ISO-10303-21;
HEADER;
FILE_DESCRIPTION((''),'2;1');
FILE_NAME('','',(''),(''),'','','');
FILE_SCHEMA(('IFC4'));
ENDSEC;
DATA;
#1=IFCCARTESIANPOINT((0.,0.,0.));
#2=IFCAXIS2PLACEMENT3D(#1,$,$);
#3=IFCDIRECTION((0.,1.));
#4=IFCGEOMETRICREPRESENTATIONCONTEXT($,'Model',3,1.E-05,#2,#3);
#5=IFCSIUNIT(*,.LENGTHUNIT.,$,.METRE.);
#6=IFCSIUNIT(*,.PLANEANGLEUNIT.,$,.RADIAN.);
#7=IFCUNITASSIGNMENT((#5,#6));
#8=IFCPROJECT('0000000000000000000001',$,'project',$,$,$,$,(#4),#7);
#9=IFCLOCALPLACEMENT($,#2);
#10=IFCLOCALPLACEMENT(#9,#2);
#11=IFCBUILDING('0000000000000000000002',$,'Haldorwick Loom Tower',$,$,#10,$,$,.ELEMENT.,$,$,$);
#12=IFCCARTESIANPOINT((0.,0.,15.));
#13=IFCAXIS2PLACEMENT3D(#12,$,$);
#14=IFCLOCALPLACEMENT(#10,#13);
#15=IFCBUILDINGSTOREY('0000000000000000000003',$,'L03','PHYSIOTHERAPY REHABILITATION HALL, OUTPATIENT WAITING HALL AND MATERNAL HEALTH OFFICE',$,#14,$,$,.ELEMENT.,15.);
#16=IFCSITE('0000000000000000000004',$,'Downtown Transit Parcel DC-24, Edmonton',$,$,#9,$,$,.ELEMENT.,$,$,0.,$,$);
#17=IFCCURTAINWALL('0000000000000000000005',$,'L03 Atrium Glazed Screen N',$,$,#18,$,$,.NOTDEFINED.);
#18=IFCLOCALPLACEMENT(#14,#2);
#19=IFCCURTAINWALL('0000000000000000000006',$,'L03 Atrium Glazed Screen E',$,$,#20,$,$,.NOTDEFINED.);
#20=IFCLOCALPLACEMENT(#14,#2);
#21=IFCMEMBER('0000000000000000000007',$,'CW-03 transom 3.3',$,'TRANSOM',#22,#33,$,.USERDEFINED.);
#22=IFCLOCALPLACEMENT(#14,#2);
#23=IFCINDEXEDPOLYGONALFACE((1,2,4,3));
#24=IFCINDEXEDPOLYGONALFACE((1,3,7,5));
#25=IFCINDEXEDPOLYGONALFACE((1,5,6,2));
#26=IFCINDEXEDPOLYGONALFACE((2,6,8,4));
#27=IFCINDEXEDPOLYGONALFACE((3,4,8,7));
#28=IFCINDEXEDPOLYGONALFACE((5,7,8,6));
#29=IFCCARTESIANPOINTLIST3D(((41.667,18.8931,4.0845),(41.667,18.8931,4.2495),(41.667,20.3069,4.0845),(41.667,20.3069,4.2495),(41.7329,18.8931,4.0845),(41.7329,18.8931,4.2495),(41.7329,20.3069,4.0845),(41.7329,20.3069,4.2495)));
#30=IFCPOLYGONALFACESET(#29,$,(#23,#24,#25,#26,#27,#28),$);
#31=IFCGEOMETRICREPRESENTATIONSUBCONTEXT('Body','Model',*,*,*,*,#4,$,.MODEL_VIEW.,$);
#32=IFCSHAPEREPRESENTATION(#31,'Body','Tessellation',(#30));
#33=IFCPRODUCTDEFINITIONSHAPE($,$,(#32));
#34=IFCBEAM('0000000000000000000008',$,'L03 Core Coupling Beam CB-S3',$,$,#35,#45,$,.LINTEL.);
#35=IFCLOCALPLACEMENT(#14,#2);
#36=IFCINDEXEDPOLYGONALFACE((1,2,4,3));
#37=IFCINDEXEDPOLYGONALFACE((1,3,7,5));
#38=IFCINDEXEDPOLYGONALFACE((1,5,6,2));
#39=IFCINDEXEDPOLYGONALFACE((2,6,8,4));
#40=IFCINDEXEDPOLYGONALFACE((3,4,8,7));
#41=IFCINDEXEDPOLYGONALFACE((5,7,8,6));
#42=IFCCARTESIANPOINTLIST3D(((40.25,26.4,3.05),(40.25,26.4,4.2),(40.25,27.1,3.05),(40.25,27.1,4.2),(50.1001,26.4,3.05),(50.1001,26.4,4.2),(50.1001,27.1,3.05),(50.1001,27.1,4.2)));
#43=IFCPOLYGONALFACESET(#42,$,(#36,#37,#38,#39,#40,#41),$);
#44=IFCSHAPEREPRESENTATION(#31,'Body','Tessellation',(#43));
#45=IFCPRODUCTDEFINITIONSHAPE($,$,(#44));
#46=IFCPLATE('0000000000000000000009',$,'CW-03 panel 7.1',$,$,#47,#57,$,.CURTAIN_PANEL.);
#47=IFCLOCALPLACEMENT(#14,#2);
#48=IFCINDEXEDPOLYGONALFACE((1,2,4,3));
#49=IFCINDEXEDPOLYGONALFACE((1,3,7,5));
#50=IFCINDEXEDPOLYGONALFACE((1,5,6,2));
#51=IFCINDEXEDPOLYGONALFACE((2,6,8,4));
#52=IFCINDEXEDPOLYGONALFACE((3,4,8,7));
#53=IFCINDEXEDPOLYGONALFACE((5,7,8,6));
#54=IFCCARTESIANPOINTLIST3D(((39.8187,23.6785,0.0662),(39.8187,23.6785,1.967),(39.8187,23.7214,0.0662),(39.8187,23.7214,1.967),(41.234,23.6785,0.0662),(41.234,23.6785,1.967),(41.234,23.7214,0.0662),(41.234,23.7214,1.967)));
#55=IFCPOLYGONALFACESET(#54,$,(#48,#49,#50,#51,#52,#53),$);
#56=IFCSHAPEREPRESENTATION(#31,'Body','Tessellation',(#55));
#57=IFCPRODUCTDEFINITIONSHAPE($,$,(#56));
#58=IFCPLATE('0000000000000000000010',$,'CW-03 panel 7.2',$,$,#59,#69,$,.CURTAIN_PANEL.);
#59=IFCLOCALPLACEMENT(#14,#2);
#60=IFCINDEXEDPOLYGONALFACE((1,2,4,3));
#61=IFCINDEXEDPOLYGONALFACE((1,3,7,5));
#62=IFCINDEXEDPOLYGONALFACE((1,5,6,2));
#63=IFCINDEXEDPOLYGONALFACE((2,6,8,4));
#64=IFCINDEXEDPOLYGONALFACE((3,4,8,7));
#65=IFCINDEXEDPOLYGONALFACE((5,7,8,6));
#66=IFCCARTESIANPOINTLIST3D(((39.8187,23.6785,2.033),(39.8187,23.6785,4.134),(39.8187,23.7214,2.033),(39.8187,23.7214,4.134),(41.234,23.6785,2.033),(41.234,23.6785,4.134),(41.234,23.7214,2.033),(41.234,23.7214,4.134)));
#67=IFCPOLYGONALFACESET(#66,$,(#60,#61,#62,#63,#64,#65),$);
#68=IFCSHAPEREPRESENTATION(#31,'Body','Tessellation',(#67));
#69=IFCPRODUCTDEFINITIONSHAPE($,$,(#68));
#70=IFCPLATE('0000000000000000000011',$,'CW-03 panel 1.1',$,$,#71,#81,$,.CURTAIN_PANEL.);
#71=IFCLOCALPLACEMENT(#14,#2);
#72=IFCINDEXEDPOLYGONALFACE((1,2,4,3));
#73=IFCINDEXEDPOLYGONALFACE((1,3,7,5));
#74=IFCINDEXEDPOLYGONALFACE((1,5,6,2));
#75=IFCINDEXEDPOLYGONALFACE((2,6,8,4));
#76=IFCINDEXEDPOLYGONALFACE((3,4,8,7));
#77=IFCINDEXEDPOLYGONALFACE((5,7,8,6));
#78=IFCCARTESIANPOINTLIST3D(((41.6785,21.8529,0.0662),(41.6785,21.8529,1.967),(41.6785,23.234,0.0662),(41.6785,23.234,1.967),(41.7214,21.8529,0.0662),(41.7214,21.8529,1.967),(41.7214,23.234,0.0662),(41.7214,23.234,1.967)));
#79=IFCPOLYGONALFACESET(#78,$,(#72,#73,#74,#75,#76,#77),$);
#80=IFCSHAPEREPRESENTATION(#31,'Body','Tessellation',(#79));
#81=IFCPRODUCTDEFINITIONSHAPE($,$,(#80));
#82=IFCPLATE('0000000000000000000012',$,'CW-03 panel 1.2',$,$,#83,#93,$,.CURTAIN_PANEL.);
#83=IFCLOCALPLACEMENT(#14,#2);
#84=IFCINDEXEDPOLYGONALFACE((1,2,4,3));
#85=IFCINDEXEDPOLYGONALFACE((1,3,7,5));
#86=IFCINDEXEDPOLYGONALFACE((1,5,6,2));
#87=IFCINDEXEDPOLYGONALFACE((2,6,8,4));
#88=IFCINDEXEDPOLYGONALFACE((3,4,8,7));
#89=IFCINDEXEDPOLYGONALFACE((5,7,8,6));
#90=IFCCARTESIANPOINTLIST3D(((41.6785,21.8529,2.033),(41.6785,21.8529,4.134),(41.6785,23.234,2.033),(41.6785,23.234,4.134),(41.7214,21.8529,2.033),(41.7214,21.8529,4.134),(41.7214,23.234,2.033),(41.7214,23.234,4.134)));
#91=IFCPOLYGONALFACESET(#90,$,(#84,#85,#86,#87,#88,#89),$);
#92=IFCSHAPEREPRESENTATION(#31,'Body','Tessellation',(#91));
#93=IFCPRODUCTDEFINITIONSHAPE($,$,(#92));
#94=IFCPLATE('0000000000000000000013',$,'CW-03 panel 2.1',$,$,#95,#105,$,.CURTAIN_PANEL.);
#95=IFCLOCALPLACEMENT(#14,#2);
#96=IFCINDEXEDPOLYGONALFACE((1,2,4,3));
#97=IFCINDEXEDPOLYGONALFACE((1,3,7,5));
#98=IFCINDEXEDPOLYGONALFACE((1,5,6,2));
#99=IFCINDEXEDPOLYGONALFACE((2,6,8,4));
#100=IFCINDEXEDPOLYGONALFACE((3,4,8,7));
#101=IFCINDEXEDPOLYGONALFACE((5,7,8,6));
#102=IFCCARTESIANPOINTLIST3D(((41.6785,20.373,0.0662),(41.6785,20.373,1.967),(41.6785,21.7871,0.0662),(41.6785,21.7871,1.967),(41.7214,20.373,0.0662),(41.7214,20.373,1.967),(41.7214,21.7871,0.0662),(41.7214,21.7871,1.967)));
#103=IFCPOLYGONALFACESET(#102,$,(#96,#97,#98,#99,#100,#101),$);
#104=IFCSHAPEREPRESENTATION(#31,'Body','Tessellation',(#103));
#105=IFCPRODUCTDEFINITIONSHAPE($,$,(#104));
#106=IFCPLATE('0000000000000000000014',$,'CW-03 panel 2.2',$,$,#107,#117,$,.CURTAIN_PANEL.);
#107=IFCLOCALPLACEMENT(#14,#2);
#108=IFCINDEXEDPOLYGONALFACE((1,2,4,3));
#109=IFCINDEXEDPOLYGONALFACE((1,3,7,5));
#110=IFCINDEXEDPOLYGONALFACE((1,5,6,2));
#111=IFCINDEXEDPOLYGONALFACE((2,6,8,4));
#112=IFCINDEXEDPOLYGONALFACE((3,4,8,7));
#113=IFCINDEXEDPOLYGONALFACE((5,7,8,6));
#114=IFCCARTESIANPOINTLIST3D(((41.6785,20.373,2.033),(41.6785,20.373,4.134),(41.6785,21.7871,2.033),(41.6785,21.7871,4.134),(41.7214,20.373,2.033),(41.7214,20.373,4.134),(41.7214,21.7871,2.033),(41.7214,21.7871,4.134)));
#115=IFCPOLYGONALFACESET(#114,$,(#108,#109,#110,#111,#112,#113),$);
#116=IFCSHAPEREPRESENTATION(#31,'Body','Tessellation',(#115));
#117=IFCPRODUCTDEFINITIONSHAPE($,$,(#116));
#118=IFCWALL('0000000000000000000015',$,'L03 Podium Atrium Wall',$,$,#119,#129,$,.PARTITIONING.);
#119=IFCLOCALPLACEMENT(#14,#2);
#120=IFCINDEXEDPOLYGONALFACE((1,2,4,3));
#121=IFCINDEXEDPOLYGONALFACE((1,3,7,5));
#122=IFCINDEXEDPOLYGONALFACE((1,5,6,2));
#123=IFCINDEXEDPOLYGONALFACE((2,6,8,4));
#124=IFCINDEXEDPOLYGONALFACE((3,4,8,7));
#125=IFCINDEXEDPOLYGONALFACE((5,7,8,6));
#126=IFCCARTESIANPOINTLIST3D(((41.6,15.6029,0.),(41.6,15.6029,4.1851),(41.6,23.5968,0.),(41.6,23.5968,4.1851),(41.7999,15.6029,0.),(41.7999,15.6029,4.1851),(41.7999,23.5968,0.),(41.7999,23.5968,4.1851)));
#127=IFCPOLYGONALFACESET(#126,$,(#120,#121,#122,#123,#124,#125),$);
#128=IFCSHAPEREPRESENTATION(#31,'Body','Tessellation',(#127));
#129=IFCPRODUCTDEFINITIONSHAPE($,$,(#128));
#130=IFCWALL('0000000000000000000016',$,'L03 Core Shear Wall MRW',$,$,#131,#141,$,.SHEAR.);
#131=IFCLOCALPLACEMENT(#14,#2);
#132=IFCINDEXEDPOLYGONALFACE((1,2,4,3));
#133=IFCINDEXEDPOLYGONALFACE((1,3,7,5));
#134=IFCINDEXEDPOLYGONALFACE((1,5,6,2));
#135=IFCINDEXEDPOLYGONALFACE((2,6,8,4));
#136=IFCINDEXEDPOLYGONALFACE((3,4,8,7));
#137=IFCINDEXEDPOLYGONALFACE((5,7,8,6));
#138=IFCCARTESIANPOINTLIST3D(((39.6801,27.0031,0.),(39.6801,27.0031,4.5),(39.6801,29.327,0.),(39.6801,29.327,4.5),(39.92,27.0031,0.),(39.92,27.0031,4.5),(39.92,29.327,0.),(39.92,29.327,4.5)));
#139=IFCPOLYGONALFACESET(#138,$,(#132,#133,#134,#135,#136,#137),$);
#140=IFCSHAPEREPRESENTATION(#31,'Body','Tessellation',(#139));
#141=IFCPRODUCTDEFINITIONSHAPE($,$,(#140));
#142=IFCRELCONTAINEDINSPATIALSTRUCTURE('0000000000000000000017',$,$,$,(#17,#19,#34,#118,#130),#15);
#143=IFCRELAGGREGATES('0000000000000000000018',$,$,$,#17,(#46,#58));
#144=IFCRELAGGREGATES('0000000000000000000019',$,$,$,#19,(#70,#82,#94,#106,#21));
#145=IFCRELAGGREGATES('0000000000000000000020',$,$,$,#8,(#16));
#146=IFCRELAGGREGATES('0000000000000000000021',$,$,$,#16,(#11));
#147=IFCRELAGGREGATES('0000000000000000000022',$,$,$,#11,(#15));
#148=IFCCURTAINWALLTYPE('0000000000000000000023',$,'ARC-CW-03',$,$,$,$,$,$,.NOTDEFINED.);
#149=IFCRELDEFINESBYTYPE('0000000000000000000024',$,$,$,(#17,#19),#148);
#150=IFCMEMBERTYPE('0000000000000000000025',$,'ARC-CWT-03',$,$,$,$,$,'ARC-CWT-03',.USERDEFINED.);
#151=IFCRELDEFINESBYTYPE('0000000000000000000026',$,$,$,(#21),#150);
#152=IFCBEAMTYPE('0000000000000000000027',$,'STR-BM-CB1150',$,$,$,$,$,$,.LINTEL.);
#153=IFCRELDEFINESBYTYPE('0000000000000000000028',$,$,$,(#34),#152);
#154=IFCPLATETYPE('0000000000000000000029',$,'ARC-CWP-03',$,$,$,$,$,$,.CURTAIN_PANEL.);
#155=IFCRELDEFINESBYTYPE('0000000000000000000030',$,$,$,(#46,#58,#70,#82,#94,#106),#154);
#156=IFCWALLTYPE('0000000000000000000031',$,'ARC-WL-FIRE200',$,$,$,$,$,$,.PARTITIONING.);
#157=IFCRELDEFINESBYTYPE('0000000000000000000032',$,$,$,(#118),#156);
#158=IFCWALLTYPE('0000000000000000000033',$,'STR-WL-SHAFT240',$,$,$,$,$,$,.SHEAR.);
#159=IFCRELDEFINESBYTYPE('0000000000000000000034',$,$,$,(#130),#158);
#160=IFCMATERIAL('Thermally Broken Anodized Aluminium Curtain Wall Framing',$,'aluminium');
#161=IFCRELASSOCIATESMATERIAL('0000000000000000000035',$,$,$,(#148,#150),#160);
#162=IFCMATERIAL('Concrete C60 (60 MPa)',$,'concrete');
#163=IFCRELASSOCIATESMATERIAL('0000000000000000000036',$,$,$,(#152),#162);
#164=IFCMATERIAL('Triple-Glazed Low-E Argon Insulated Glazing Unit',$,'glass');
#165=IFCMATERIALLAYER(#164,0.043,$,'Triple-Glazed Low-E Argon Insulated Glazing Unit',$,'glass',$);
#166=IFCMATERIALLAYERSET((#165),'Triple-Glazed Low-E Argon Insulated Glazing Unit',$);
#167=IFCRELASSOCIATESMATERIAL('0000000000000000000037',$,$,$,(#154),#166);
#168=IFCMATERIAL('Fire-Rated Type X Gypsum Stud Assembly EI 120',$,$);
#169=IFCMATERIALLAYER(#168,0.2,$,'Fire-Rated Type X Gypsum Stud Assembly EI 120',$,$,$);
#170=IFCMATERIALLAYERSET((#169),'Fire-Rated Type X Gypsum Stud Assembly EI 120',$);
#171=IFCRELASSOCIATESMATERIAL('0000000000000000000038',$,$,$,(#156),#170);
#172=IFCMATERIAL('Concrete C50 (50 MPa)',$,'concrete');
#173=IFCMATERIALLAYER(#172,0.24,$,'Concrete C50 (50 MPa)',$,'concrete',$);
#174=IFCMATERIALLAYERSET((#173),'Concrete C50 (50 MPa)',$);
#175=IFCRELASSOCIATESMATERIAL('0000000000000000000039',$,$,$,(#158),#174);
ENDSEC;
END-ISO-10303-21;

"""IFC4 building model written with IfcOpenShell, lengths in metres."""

from ifc_helpers import new_model, si_unit, direction, frame, frame_2d, origin, origin_2d, place, context, subcontext, project, spatial, rectangle, extrude, material, layer, layer_set, material_profile, profile_set, type_object, element, aggregate, save


model = new_model("IFC4")

# Units and contexts
model_context = context("Model", 3, precision=1e-05, world=origin(), true_north=direction((0.0, 1.0)))
body_context = subcontext(model_context, "Body", "Model", "MODEL_VIEW")
ifc_project = project(units=[si_unit("LENGTHUNIT", "METRE"), si_unit("PLANEANGLEUNIT", "RADIAN")], contexts=[model_context])

# Site, building, storey
site_placement = place(None, origin())
site = spatial("IfcSite", under=ifc_project, at=site_placement, Name="Downtown Transit Parcel DC-24, Edmonton", CompositionType="ELEMENT", RefElevation=0.0)
building_placement = place(site_placement, origin())
building = spatial("IfcBuilding", under=site, at=building_placement, Name="Haldorwick Loom Tower", CompositionType="ELEMENT")
storey_placement = place(building_placement, frame((0.0, 0.0, 15.0)))
storey = spatial("IfcBuildingStorey", under=building, at=storey_placement, Name="L03", Description="PHYSIOTHERAPY REHABILITATION HALL, OUTPATIENT WAITING HALL AND MATERNAL HEALTH OFFICE", CompositionType="ELEMENT", Elevation=15.0)

# Curtain walls
ifc_material_1 = material(Name="Thermally Broken Anodized Aluminium Curtain Wall Framing", Category="aluminium")
curtain_wall_type = type_object("IfcCurtainWallType", Name="ARC-CW-03", PredefinedType="NOTDEFINED", material=ifc_material_1)
curtain_wall_1_placement = place(storey_placement, origin())
curtain_wall_1 = element("IfcCurtainWall", 1, at=curtain_wall_1_placement, inside=storey, type_object=curtain_wall_type, Name="L03 Atrium Glazed Screen N", PredefinedType="NOTDEFINED")
curtain_wall_2_placement = place(storey_placement, origin())
curtain_wall_2 = element("IfcCurtainWall", 2, at=curtain_wall_2_placement, inside=storey, type_object=curtain_wall_type, Name="L03 Atrium Glazed Screen E", PredefinedType="NOTDEFINED")

# Member
ifc_material_profile_1 = material_profile(ifc_material_1, rectangle(XDim=0.0659, YDim=0.165, at=origin_2d()), Name="ALU_TRN_66X165", Category="aluminium")
ifc_profile_set_1 = profile_set([ifc_material_profile_1], Name="Thermally Broken Anodized Aluminium Curtain Wall Framing")
member_type_1 = type_object("IfcMemberType", Name="ARC-CWT-03", ElementType="ARC-CWT-03", PredefinedType="USERDEFINED", material=ifc_profile_set_1)
member_1_placement = place(storey_placement, frame((41.7, 20.3069, 4.167), z_axis=(0.0, -1.0, 0.0), x_axis=(1.0, 0.0, 0.0)))
member_1 = element("IfcMember", 3, at=member_1_placement, type_object=member_type_1, Name="CW-03 transom 3.3", ObjectType="TRANSOM", PredefinedType="USERDEFINED", context=body_context, shape_type="SweptSolid", body=[
    extrude(rectangle(XDim=0.0659, YDim=0.165, at=origin_2d()), origin(), (0.0, 0.0, 1.0), 1.4138),
])

# Beam
ifc_material_2 = material(Name="Concrete C60 (60 MPa)", Category="concrete")
ifc_material_profile_2 = material_profile(ifc_material_2, rectangle(XDim=0.7, YDim=1.1499, at=origin_2d()), Name="RC700X1150", Category="concrete")
ifc_profile_set_2 = profile_set([ifc_material_profile_2], Name="Concrete C60 (60 MPa)")
beam_type = type_object("IfcBeamType", Name="STR-BM-CB1150", PredefinedType="LINTEL", material=ifc_profile_set_2)
beam_placement = place(storey_placement, frame((40.25, 26.75, 3.625), z_axis=(1.0, 0.0, 0.0), x_axis=(0.0, 1.0, 0.0)))
element("IfcBeam", 4, at=beam_placement, inside=storey, type_object=beam_type, Name="L03 Core Coupling Beam CB-S3", PredefinedType="LINTEL", context=body_context, shape_type="SweptSolid", body=[
    extrude(rectangle(XDim=0.7, YDim=1.1499, at=origin_2d()), origin(), (0.0, 0.0, 1.0), 9.8501),
])

# Plates
ifc_material_3 = material(Name="Triple-Glazed Low-E Argon Insulated Glazing Unit", Category="glass")
ifc_layer_1 = layer(ifc_material_3, 0.043, Name="Triple-Glazed Low-E Argon Insulated Glazing Unit", Category="glass")
ifc_layer_set_1 = layer_set([ifc_layer_1], Name="Triple-Glazed Low-E Argon Insulated Glazing Unit")
plate_type = type_object("IfcPlateType", Name="ARC-CWP-03", PredefinedType="CURTAIN_PANEL", material=ifc_layer_set_1)
plate_1_placement = place(storey_placement, frame((40.5264, 23.7, 0.0662), z_axis=(0.0, 0.0, 1.0), x_axis=(1.0, 0.0, 0.0)))
plate_1 = element("IfcPlate", 5, at=plate_1_placement, type_object=plate_type, Name="CW-03 panel 7.1", PredefinedType="CURTAIN_PANEL", context=body_context, shape_type="SweptSolid", body=[
    extrude(rectangle(XDim=1.4153, YDim=0.043, at=origin_2d()), origin(), (0.0, 0.0, 1.0), 1.9009),
])
plate_2_placement = place(storey_placement, frame((40.5264, 23.7, 2.033), z_axis=(0.0, 0.0, 1.0), x_axis=(1.0, 0.0, 0.0)))
plate_2 = element("IfcPlate", 6, at=plate_2_placement, type_object=plate_type, Name="CW-03 panel 7.2", PredefinedType="CURTAIN_PANEL", context=body_context, shape_type="SweptSolid", body=[
    extrude(rectangle(XDim=1.4153, YDim=0.043, at=origin_2d()), origin(), (0.0, 0.0, 1.0), 2.1011),
])
aggregate(curtain_wall_1, [plate_1, plate_2])
plate_3_placement = place(storey_placement, frame((41.7, 22.5435, 0.0662), z_axis=(0.0, 0.0, 1.0), x_axis=(0.0, -1.0, 0.0)))
plate_3 = element("IfcPlate", 7, at=plate_3_placement, type_object=plate_type, Name="CW-03 panel 1.1", PredefinedType="CURTAIN_PANEL", context=body_context, shape_type="SweptSolid", body=[
    extrude(rectangle(XDim=1.3811, YDim=0.043, at=origin_2d()), origin(), (0.0, 0.0, 1.0), 1.9009),
])
plate_4_placement = place(storey_placement, frame((41.7, 22.5435, 2.033), z_axis=(0.0, 0.0, 1.0), x_axis=(0.0, -1.0, 0.0)))
plate_4 = element("IfcPlate", 8, at=plate_4_placement, type_object=plate_type, Name="CW-03 panel 1.2", PredefinedType="CURTAIN_PANEL", context=body_context, shape_type="SweptSolid", body=[
    extrude(rectangle(XDim=1.3811, YDim=0.043, at=origin_2d()), origin(), (0.0, 0.0, 1.0), 2.1011),
])
plate_5_placement = place(storey_placement, frame((41.7, 21.0801, 0.0662), z_axis=(0.0, 0.0, 1.0), x_axis=(0.0, -1.0, 0.0)))
plate_5 = element("IfcPlate", 9, at=plate_5_placement, type_object=plate_type, Name="CW-03 panel 2.1", PredefinedType="CURTAIN_PANEL", context=body_context, shape_type="SweptSolid", body=[
    extrude(rectangle(XDim=1.4141, YDim=0.043, at=origin_2d()), origin(), (0.0, 0.0, 1.0), 1.9009),
])
plate_6_placement = place(storey_placement, frame((41.7, 21.0801, 2.033), z_axis=(0.0, 0.0, 1.0), x_axis=(0.0, -1.0, 0.0)))
plate_6 = element("IfcPlate", 10, at=plate_6_placement, type_object=plate_type, Name="CW-03 panel 2.2", PredefinedType="CURTAIN_PANEL", context=body_context, shape_type="SweptSolid", body=[
    extrude(rectangle(XDim=1.4141, YDim=0.043, at=origin_2d()), origin(), (0.0, 0.0, 1.0), 2.1011),
])
aggregate(curtain_wall_2, [plate_3, plate_4, plate_5, plate_6, member_1])

# Walls
ifc_material_4 = material(Name="Fire-Rated Type X Gypsum Stud Assembly EI 120")
ifc_layer_2 = layer(ifc_material_4, 0.2, Name="Fire-Rated Type X Gypsum Stud Assembly EI 120")
ifc_layer_set_2 = layer_set([ifc_layer_2], Name="Fire-Rated Type X Gypsum Stud Assembly EI 120")
wall_type_1 = type_object("IfcWallType", Name="ARC-WL-FIRE200", PredefinedType="PARTITIONING", material=ifc_layer_set_2)
wall_1_placement = place(storey_placement, frame((41.7, 23.5969, 0.0), z_axis=(0.0, 0.0, 1.0), x_axis=(0.0, -1.0, 0.0)))
element("IfcWall", 11, at=wall_1_placement, inside=storey, type_object=wall_type_1, Name="L03 Podium Atrium Wall", PredefinedType="PARTITIONING", context=body_context, shape_type="SweptSolid", body=[
    extrude(rectangle(XDim=7.9939, YDim=0.2, at=frame_2d((3.9971, 0.0))), origin(), (0.0, 0.0, 1.0), 4.1851),
])
ifc_material_5 = material(Name="Concrete C50 (50 MPa)", Category="concrete")
ifc_layer_3 = layer(ifc_material_5, 0.24, Name="Concrete C50 (50 MPa)", Category="concrete")
ifc_layer_set_3 = layer_set([ifc_layer_3], Name="Concrete C50 (50 MPa)")
wall_type_2 = type_object("IfcWallType", Name="STR-WL-SHAFT240", PredefinedType="SHEAR", material=ifc_layer_set_3)
wall_2_placement = place(storey_placement, frame((39.8, 27.0029, 0.0), z_axis=(0.0, 0.0, 1.0), x_axis=(0.0, 1.0, 0.0)))
element("IfcWall", 12, at=wall_2_placement, inside=storey, type_object=wall_type_2, Name="L03 Core Shear Wall MRW", PredefinedType="SHEAR", context=body_context, shape_type="SweptSolid", body=[
    extrude(rectangle(XDim=2.324, YDim=0.24, at=frame_2d((1.1621, 0.0))), origin(), (0.0, 0.0, 1.0), 4.5),
])

save(model, "model.ifc")
